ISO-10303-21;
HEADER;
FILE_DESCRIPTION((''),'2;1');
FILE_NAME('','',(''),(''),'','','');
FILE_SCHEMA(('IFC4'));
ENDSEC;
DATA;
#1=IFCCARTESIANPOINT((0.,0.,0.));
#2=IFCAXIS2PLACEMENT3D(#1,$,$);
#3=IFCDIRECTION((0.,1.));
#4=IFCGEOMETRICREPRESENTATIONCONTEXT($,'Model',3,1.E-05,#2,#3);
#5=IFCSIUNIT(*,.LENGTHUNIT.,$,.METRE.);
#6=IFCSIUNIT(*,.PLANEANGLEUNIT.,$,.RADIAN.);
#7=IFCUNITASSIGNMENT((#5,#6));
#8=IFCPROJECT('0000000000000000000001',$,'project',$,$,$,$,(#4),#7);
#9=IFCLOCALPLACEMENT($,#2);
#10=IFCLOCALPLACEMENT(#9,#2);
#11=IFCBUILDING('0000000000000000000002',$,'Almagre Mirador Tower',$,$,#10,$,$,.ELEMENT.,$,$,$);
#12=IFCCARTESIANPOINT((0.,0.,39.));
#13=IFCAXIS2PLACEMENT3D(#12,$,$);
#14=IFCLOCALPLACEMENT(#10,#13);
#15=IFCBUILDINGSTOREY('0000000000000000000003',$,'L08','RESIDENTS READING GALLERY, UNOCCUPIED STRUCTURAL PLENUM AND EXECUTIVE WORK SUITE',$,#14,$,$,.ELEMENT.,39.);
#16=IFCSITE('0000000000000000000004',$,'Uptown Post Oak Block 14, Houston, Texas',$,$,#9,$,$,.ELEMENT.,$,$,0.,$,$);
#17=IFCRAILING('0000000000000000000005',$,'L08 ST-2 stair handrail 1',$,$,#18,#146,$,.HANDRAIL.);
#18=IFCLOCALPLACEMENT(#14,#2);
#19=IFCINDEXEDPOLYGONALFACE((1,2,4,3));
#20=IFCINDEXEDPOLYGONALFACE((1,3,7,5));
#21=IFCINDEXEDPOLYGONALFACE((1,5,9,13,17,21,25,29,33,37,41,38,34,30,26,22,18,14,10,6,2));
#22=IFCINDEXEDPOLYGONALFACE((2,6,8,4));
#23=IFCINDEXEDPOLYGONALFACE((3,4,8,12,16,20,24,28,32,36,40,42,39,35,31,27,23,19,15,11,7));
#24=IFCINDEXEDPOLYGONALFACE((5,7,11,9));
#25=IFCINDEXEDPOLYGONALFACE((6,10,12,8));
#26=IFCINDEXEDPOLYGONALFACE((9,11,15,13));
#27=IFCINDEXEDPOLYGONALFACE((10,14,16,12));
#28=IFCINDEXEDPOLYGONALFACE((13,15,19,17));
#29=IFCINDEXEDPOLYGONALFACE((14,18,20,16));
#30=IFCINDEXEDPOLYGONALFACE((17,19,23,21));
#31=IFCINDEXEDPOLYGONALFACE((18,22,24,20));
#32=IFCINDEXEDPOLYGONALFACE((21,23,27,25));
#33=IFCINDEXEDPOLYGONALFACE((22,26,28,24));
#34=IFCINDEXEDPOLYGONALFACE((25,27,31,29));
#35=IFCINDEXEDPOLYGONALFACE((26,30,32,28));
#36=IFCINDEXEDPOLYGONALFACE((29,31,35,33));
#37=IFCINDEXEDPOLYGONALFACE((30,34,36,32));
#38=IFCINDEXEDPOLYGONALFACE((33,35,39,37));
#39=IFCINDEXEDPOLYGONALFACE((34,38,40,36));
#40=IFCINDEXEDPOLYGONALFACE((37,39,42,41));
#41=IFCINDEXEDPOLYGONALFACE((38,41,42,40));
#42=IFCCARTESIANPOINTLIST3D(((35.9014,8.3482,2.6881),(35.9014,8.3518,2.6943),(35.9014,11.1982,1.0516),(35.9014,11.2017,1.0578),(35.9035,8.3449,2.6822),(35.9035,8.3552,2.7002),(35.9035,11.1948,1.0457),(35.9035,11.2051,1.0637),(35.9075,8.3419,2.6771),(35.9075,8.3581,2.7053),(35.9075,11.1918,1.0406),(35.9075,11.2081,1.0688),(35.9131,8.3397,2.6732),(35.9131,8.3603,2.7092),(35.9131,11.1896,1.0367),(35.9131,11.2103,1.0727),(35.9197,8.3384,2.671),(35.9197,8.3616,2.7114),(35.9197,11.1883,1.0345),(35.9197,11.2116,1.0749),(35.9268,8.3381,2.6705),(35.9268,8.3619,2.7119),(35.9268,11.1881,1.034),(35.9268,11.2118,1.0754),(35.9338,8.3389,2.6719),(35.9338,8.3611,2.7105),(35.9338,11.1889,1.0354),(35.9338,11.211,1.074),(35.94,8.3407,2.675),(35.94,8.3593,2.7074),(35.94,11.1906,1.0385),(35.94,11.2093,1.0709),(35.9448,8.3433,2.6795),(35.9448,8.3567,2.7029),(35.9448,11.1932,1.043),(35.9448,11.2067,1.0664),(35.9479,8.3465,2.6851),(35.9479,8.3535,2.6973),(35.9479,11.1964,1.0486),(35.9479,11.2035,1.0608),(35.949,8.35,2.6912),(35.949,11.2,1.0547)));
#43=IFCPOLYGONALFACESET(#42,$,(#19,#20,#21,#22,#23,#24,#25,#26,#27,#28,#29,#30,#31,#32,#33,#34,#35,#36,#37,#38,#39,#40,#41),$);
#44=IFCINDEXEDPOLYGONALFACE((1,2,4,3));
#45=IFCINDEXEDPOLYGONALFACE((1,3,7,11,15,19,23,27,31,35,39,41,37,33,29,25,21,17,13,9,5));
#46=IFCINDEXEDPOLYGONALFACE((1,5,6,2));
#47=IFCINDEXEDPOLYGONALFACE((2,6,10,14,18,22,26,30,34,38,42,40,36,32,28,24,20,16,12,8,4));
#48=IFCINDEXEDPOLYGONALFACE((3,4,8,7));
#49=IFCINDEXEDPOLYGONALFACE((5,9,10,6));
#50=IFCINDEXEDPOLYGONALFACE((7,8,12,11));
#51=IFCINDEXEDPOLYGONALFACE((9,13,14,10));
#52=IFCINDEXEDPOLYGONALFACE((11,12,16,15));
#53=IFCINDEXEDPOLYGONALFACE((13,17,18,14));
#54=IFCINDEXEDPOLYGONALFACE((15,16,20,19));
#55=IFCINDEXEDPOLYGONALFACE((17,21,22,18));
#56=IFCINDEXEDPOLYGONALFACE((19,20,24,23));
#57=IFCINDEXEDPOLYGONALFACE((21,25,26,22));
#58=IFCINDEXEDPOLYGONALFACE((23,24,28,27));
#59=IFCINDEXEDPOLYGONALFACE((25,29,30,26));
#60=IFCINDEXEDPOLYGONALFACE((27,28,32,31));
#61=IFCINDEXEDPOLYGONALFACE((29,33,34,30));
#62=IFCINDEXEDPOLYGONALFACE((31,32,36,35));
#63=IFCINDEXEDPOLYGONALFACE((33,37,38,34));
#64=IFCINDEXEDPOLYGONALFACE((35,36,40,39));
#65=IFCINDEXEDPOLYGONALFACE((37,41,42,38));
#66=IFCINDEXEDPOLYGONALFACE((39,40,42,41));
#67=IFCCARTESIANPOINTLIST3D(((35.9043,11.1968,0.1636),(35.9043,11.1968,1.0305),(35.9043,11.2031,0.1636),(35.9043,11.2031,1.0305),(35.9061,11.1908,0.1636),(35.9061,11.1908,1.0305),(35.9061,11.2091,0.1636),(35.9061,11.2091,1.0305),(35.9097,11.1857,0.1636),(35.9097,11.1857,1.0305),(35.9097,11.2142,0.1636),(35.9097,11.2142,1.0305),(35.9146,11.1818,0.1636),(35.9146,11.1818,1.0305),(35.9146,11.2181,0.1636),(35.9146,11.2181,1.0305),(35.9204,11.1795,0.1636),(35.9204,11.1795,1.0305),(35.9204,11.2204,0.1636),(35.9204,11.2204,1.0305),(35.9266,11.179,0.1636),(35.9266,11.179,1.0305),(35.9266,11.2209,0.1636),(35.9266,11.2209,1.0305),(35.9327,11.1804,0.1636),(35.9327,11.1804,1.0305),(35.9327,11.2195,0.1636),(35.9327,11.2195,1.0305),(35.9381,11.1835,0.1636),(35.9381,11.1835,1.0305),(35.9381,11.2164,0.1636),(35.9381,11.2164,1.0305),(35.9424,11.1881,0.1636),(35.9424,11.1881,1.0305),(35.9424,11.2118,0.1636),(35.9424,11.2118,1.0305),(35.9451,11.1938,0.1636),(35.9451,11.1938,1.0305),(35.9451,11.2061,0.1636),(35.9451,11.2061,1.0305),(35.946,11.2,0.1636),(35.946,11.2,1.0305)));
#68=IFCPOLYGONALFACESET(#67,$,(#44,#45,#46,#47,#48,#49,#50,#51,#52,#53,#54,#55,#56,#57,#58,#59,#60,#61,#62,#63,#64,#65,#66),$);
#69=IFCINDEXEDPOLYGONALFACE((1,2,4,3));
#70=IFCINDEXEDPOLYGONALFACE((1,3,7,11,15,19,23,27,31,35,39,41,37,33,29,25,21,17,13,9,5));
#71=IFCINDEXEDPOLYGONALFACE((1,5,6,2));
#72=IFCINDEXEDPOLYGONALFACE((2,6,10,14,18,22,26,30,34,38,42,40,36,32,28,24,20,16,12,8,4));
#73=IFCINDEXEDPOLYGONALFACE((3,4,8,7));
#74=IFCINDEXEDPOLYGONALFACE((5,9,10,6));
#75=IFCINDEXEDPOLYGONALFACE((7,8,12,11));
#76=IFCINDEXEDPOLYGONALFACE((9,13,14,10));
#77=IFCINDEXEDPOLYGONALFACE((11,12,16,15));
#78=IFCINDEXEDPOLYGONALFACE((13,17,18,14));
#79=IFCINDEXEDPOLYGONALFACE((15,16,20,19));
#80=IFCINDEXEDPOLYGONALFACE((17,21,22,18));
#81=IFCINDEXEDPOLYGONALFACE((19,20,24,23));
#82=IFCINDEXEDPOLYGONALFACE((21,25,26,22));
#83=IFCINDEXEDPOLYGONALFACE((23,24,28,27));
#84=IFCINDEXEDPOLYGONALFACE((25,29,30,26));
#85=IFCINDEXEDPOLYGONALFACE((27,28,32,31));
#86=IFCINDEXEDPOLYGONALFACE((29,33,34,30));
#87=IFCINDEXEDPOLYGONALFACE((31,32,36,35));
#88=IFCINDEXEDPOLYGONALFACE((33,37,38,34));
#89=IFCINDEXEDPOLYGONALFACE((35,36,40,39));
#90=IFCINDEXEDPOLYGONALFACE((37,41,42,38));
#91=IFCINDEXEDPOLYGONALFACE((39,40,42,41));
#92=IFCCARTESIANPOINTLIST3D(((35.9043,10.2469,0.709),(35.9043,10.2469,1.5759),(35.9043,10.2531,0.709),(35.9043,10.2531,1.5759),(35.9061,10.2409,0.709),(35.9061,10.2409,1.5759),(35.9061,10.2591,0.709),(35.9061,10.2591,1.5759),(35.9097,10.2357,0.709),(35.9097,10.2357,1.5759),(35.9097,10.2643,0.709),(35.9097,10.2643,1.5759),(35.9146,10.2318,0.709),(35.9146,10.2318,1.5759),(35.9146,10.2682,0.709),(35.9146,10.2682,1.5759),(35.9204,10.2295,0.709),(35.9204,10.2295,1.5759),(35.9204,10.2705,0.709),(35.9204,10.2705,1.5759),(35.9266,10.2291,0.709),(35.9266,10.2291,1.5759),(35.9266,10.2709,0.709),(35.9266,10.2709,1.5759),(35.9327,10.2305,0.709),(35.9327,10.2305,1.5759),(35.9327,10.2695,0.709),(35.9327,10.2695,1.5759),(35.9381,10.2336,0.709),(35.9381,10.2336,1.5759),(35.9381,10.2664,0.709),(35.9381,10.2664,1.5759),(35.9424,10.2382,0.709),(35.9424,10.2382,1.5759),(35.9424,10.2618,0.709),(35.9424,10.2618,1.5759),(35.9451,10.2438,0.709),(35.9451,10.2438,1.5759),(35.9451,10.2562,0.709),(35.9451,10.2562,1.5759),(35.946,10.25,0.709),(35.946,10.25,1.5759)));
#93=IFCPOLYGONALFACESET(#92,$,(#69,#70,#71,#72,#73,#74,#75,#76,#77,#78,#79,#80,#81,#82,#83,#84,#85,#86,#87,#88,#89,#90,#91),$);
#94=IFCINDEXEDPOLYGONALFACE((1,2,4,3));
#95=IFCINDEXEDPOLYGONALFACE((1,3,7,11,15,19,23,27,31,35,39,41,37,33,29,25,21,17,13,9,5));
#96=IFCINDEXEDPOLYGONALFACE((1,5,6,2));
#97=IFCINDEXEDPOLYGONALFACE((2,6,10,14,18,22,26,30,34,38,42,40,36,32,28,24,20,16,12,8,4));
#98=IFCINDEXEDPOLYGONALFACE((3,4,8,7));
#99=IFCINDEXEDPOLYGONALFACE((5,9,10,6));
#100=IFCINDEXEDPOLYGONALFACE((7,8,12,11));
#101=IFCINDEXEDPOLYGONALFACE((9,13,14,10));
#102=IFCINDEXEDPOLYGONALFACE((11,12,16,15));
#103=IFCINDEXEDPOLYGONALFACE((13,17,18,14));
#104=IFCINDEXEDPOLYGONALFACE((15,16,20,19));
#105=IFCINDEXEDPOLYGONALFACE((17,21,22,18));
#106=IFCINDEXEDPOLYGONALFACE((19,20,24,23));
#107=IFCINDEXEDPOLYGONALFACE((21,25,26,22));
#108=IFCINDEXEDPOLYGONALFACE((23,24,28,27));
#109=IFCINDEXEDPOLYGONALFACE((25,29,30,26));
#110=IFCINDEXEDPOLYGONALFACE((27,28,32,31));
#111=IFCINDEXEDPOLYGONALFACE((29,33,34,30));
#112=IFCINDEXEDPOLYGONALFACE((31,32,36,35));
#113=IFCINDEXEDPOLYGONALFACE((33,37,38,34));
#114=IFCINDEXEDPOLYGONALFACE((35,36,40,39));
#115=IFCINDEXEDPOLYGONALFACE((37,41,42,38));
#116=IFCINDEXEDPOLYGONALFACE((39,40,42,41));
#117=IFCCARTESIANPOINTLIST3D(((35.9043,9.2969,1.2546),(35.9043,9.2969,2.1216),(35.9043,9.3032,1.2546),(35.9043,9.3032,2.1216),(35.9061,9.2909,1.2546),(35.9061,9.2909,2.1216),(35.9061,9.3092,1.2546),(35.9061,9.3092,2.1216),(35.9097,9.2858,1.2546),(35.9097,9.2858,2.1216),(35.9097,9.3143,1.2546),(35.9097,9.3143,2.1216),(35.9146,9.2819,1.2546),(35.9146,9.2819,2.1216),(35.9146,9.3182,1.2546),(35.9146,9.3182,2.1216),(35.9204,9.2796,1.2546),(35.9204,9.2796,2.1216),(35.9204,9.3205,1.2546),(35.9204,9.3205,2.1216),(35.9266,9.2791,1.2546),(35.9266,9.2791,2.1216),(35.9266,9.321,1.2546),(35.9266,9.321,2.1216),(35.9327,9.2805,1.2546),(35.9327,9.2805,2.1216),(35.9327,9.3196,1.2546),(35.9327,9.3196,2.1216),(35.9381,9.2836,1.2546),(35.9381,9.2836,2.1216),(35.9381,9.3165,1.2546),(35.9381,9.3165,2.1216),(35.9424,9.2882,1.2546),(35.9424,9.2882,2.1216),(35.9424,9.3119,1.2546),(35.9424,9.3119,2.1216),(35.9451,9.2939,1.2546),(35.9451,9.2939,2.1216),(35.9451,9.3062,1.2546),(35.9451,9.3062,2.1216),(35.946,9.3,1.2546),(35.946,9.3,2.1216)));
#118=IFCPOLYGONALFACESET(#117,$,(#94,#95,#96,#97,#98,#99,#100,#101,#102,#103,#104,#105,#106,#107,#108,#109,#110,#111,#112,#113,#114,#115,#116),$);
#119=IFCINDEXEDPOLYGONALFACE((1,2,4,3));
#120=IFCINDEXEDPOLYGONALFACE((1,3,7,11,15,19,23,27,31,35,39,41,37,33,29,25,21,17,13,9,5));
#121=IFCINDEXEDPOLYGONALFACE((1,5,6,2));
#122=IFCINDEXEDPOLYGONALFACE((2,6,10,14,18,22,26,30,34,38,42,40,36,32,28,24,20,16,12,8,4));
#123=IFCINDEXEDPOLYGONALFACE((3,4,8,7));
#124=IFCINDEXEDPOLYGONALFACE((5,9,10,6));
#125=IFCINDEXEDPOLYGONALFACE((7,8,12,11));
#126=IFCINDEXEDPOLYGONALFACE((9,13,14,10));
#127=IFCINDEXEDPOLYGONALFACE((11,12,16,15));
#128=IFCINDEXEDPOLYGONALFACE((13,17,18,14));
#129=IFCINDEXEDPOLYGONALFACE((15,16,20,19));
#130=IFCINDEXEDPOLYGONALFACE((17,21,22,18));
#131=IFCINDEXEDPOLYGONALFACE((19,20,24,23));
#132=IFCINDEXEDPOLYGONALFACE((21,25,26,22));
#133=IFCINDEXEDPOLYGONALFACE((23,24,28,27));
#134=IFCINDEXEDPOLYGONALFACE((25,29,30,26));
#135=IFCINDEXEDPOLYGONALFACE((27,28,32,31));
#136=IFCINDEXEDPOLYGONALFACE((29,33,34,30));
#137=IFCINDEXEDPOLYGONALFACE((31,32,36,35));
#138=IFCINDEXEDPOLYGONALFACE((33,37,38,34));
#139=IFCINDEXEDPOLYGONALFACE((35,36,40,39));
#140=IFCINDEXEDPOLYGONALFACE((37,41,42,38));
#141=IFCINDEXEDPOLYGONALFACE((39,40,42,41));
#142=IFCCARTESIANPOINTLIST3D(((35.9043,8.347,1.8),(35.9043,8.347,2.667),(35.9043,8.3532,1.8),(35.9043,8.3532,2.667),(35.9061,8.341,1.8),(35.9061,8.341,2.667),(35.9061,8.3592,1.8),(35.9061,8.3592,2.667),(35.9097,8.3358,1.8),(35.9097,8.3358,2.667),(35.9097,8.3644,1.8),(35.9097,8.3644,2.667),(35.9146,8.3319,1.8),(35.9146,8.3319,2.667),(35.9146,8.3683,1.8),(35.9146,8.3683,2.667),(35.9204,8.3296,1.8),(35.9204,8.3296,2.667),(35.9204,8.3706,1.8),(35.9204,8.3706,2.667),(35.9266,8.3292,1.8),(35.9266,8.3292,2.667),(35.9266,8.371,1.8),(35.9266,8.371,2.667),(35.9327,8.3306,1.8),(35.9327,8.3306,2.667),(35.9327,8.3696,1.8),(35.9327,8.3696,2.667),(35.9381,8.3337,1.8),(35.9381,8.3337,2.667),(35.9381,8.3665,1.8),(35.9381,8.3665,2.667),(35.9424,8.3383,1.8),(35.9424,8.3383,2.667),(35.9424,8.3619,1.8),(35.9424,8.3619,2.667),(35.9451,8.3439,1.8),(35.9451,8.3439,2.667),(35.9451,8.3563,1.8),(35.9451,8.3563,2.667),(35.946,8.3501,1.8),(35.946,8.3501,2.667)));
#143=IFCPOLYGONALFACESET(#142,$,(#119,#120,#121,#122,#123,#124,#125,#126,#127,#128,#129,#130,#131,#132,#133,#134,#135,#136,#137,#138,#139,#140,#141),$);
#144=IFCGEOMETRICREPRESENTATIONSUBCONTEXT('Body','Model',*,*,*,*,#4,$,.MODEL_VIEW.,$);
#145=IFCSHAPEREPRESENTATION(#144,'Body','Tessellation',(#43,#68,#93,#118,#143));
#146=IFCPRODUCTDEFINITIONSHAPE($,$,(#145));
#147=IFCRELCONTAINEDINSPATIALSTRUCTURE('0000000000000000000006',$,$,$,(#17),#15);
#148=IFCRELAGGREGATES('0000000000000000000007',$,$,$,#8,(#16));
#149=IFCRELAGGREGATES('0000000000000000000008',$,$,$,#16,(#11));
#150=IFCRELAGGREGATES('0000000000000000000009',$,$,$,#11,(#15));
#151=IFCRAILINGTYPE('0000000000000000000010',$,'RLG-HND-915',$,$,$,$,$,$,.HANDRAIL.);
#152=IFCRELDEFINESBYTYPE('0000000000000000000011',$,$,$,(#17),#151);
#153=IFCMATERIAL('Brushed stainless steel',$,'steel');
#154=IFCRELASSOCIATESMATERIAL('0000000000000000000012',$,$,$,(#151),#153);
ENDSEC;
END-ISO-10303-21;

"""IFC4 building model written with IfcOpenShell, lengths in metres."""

from ifc_helpers import new_model, si_unit, direction, frame, origin, origin_2d, place, context, subcontext, project, spatial, circle, extrude, material, type_object, element, save


model = new_model("IFC4")

# Units and contexts
model_context = context("Model", 3, precision=1e-05, world=origin(), true_north=direction((0.0, 1.0)))
body_context = subcontext(model_context, "Body", "Model", "MODEL_VIEW")
ifc_project = project(units=[si_unit("LENGTHUNIT", "METRE"), si_unit("PLANEANGLEUNIT", "RADIAN")], contexts=[model_context])

# Site, building, storey
site_placement = place(None, origin())
site = spatial("IfcSite", under=ifc_project, at=site_placement, Name="Uptown Post Oak Block 14, Houston, Texas", CompositionType="ELEMENT", RefElevation=0.0)
building_placement = place(site_placement, origin())
building = spatial("IfcBuilding", under=site, at=building_placement, Name="Almagre Mirador Tower", CompositionType="ELEMENT")
storey_placement = place(building_placement, frame((0.0, 0.0, 39.0)))
storey = spatial("IfcBuildingStorey", under=building, at=storey_placement, Name="L08", Description="RESIDENTS READING GALLERY, UNOCCUPIED STRUCTURAL PLENUM AND EXECUTIVE WORK SUITE", CompositionType="ELEMENT", Elevation=39.0)

# Railing
ifc_material_1 = material(Name="Brushed stainless steel", Category="steel")
railing_type_1 = type_object("IfcRailingType", Name="RLG-HND-915", PredefinedType="HANDRAIL", material=ifc_material_1)
railing_1_placement = place(storey_placement, frame((35.925, 11.2, 0.1636)))
element("IfcRailing", 1, at=railing_1_placement, inside=storey, type_object=railing_type_1, Name="L08 ST-2 stair handrail 1", PredefinedType="HANDRAIL", context=body_context, shape_type="SweptSolid", body=[
    extrude(circle(Radius=0.0239, at=origin_2d()), frame((0.0, 0.0, 0.8911), z_axis=(0.0, -0.867194, 0.49797), x_axis=(1.0, 0.0, 0.0)), (0.0, 0.0, 1.0), 3.2864),
    extrude(circle(Radius=0.021, at=origin_2d()), origin(), (0.0, 0.0, 1.0), 0.8669),
    extrude(circle(Radius=0.021, at=origin_2d()), frame((0.0, -0.95, 0.5454)), (0.0, 0.0, 1.0), 0.8669),
    extrude(circle(Radius=0.021, at=origin_2d()), frame((0.0, -1.8999, 1.0911)), (0.0, 0.0, 1.0), 0.8669),
    extrude(circle(Radius=0.021, at=origin_2d()), frame((0.0, -2.8499, 1.6365)), (0.0, 0.0, 1.0), 0.8669),
])

save(model, "model.ifc")
